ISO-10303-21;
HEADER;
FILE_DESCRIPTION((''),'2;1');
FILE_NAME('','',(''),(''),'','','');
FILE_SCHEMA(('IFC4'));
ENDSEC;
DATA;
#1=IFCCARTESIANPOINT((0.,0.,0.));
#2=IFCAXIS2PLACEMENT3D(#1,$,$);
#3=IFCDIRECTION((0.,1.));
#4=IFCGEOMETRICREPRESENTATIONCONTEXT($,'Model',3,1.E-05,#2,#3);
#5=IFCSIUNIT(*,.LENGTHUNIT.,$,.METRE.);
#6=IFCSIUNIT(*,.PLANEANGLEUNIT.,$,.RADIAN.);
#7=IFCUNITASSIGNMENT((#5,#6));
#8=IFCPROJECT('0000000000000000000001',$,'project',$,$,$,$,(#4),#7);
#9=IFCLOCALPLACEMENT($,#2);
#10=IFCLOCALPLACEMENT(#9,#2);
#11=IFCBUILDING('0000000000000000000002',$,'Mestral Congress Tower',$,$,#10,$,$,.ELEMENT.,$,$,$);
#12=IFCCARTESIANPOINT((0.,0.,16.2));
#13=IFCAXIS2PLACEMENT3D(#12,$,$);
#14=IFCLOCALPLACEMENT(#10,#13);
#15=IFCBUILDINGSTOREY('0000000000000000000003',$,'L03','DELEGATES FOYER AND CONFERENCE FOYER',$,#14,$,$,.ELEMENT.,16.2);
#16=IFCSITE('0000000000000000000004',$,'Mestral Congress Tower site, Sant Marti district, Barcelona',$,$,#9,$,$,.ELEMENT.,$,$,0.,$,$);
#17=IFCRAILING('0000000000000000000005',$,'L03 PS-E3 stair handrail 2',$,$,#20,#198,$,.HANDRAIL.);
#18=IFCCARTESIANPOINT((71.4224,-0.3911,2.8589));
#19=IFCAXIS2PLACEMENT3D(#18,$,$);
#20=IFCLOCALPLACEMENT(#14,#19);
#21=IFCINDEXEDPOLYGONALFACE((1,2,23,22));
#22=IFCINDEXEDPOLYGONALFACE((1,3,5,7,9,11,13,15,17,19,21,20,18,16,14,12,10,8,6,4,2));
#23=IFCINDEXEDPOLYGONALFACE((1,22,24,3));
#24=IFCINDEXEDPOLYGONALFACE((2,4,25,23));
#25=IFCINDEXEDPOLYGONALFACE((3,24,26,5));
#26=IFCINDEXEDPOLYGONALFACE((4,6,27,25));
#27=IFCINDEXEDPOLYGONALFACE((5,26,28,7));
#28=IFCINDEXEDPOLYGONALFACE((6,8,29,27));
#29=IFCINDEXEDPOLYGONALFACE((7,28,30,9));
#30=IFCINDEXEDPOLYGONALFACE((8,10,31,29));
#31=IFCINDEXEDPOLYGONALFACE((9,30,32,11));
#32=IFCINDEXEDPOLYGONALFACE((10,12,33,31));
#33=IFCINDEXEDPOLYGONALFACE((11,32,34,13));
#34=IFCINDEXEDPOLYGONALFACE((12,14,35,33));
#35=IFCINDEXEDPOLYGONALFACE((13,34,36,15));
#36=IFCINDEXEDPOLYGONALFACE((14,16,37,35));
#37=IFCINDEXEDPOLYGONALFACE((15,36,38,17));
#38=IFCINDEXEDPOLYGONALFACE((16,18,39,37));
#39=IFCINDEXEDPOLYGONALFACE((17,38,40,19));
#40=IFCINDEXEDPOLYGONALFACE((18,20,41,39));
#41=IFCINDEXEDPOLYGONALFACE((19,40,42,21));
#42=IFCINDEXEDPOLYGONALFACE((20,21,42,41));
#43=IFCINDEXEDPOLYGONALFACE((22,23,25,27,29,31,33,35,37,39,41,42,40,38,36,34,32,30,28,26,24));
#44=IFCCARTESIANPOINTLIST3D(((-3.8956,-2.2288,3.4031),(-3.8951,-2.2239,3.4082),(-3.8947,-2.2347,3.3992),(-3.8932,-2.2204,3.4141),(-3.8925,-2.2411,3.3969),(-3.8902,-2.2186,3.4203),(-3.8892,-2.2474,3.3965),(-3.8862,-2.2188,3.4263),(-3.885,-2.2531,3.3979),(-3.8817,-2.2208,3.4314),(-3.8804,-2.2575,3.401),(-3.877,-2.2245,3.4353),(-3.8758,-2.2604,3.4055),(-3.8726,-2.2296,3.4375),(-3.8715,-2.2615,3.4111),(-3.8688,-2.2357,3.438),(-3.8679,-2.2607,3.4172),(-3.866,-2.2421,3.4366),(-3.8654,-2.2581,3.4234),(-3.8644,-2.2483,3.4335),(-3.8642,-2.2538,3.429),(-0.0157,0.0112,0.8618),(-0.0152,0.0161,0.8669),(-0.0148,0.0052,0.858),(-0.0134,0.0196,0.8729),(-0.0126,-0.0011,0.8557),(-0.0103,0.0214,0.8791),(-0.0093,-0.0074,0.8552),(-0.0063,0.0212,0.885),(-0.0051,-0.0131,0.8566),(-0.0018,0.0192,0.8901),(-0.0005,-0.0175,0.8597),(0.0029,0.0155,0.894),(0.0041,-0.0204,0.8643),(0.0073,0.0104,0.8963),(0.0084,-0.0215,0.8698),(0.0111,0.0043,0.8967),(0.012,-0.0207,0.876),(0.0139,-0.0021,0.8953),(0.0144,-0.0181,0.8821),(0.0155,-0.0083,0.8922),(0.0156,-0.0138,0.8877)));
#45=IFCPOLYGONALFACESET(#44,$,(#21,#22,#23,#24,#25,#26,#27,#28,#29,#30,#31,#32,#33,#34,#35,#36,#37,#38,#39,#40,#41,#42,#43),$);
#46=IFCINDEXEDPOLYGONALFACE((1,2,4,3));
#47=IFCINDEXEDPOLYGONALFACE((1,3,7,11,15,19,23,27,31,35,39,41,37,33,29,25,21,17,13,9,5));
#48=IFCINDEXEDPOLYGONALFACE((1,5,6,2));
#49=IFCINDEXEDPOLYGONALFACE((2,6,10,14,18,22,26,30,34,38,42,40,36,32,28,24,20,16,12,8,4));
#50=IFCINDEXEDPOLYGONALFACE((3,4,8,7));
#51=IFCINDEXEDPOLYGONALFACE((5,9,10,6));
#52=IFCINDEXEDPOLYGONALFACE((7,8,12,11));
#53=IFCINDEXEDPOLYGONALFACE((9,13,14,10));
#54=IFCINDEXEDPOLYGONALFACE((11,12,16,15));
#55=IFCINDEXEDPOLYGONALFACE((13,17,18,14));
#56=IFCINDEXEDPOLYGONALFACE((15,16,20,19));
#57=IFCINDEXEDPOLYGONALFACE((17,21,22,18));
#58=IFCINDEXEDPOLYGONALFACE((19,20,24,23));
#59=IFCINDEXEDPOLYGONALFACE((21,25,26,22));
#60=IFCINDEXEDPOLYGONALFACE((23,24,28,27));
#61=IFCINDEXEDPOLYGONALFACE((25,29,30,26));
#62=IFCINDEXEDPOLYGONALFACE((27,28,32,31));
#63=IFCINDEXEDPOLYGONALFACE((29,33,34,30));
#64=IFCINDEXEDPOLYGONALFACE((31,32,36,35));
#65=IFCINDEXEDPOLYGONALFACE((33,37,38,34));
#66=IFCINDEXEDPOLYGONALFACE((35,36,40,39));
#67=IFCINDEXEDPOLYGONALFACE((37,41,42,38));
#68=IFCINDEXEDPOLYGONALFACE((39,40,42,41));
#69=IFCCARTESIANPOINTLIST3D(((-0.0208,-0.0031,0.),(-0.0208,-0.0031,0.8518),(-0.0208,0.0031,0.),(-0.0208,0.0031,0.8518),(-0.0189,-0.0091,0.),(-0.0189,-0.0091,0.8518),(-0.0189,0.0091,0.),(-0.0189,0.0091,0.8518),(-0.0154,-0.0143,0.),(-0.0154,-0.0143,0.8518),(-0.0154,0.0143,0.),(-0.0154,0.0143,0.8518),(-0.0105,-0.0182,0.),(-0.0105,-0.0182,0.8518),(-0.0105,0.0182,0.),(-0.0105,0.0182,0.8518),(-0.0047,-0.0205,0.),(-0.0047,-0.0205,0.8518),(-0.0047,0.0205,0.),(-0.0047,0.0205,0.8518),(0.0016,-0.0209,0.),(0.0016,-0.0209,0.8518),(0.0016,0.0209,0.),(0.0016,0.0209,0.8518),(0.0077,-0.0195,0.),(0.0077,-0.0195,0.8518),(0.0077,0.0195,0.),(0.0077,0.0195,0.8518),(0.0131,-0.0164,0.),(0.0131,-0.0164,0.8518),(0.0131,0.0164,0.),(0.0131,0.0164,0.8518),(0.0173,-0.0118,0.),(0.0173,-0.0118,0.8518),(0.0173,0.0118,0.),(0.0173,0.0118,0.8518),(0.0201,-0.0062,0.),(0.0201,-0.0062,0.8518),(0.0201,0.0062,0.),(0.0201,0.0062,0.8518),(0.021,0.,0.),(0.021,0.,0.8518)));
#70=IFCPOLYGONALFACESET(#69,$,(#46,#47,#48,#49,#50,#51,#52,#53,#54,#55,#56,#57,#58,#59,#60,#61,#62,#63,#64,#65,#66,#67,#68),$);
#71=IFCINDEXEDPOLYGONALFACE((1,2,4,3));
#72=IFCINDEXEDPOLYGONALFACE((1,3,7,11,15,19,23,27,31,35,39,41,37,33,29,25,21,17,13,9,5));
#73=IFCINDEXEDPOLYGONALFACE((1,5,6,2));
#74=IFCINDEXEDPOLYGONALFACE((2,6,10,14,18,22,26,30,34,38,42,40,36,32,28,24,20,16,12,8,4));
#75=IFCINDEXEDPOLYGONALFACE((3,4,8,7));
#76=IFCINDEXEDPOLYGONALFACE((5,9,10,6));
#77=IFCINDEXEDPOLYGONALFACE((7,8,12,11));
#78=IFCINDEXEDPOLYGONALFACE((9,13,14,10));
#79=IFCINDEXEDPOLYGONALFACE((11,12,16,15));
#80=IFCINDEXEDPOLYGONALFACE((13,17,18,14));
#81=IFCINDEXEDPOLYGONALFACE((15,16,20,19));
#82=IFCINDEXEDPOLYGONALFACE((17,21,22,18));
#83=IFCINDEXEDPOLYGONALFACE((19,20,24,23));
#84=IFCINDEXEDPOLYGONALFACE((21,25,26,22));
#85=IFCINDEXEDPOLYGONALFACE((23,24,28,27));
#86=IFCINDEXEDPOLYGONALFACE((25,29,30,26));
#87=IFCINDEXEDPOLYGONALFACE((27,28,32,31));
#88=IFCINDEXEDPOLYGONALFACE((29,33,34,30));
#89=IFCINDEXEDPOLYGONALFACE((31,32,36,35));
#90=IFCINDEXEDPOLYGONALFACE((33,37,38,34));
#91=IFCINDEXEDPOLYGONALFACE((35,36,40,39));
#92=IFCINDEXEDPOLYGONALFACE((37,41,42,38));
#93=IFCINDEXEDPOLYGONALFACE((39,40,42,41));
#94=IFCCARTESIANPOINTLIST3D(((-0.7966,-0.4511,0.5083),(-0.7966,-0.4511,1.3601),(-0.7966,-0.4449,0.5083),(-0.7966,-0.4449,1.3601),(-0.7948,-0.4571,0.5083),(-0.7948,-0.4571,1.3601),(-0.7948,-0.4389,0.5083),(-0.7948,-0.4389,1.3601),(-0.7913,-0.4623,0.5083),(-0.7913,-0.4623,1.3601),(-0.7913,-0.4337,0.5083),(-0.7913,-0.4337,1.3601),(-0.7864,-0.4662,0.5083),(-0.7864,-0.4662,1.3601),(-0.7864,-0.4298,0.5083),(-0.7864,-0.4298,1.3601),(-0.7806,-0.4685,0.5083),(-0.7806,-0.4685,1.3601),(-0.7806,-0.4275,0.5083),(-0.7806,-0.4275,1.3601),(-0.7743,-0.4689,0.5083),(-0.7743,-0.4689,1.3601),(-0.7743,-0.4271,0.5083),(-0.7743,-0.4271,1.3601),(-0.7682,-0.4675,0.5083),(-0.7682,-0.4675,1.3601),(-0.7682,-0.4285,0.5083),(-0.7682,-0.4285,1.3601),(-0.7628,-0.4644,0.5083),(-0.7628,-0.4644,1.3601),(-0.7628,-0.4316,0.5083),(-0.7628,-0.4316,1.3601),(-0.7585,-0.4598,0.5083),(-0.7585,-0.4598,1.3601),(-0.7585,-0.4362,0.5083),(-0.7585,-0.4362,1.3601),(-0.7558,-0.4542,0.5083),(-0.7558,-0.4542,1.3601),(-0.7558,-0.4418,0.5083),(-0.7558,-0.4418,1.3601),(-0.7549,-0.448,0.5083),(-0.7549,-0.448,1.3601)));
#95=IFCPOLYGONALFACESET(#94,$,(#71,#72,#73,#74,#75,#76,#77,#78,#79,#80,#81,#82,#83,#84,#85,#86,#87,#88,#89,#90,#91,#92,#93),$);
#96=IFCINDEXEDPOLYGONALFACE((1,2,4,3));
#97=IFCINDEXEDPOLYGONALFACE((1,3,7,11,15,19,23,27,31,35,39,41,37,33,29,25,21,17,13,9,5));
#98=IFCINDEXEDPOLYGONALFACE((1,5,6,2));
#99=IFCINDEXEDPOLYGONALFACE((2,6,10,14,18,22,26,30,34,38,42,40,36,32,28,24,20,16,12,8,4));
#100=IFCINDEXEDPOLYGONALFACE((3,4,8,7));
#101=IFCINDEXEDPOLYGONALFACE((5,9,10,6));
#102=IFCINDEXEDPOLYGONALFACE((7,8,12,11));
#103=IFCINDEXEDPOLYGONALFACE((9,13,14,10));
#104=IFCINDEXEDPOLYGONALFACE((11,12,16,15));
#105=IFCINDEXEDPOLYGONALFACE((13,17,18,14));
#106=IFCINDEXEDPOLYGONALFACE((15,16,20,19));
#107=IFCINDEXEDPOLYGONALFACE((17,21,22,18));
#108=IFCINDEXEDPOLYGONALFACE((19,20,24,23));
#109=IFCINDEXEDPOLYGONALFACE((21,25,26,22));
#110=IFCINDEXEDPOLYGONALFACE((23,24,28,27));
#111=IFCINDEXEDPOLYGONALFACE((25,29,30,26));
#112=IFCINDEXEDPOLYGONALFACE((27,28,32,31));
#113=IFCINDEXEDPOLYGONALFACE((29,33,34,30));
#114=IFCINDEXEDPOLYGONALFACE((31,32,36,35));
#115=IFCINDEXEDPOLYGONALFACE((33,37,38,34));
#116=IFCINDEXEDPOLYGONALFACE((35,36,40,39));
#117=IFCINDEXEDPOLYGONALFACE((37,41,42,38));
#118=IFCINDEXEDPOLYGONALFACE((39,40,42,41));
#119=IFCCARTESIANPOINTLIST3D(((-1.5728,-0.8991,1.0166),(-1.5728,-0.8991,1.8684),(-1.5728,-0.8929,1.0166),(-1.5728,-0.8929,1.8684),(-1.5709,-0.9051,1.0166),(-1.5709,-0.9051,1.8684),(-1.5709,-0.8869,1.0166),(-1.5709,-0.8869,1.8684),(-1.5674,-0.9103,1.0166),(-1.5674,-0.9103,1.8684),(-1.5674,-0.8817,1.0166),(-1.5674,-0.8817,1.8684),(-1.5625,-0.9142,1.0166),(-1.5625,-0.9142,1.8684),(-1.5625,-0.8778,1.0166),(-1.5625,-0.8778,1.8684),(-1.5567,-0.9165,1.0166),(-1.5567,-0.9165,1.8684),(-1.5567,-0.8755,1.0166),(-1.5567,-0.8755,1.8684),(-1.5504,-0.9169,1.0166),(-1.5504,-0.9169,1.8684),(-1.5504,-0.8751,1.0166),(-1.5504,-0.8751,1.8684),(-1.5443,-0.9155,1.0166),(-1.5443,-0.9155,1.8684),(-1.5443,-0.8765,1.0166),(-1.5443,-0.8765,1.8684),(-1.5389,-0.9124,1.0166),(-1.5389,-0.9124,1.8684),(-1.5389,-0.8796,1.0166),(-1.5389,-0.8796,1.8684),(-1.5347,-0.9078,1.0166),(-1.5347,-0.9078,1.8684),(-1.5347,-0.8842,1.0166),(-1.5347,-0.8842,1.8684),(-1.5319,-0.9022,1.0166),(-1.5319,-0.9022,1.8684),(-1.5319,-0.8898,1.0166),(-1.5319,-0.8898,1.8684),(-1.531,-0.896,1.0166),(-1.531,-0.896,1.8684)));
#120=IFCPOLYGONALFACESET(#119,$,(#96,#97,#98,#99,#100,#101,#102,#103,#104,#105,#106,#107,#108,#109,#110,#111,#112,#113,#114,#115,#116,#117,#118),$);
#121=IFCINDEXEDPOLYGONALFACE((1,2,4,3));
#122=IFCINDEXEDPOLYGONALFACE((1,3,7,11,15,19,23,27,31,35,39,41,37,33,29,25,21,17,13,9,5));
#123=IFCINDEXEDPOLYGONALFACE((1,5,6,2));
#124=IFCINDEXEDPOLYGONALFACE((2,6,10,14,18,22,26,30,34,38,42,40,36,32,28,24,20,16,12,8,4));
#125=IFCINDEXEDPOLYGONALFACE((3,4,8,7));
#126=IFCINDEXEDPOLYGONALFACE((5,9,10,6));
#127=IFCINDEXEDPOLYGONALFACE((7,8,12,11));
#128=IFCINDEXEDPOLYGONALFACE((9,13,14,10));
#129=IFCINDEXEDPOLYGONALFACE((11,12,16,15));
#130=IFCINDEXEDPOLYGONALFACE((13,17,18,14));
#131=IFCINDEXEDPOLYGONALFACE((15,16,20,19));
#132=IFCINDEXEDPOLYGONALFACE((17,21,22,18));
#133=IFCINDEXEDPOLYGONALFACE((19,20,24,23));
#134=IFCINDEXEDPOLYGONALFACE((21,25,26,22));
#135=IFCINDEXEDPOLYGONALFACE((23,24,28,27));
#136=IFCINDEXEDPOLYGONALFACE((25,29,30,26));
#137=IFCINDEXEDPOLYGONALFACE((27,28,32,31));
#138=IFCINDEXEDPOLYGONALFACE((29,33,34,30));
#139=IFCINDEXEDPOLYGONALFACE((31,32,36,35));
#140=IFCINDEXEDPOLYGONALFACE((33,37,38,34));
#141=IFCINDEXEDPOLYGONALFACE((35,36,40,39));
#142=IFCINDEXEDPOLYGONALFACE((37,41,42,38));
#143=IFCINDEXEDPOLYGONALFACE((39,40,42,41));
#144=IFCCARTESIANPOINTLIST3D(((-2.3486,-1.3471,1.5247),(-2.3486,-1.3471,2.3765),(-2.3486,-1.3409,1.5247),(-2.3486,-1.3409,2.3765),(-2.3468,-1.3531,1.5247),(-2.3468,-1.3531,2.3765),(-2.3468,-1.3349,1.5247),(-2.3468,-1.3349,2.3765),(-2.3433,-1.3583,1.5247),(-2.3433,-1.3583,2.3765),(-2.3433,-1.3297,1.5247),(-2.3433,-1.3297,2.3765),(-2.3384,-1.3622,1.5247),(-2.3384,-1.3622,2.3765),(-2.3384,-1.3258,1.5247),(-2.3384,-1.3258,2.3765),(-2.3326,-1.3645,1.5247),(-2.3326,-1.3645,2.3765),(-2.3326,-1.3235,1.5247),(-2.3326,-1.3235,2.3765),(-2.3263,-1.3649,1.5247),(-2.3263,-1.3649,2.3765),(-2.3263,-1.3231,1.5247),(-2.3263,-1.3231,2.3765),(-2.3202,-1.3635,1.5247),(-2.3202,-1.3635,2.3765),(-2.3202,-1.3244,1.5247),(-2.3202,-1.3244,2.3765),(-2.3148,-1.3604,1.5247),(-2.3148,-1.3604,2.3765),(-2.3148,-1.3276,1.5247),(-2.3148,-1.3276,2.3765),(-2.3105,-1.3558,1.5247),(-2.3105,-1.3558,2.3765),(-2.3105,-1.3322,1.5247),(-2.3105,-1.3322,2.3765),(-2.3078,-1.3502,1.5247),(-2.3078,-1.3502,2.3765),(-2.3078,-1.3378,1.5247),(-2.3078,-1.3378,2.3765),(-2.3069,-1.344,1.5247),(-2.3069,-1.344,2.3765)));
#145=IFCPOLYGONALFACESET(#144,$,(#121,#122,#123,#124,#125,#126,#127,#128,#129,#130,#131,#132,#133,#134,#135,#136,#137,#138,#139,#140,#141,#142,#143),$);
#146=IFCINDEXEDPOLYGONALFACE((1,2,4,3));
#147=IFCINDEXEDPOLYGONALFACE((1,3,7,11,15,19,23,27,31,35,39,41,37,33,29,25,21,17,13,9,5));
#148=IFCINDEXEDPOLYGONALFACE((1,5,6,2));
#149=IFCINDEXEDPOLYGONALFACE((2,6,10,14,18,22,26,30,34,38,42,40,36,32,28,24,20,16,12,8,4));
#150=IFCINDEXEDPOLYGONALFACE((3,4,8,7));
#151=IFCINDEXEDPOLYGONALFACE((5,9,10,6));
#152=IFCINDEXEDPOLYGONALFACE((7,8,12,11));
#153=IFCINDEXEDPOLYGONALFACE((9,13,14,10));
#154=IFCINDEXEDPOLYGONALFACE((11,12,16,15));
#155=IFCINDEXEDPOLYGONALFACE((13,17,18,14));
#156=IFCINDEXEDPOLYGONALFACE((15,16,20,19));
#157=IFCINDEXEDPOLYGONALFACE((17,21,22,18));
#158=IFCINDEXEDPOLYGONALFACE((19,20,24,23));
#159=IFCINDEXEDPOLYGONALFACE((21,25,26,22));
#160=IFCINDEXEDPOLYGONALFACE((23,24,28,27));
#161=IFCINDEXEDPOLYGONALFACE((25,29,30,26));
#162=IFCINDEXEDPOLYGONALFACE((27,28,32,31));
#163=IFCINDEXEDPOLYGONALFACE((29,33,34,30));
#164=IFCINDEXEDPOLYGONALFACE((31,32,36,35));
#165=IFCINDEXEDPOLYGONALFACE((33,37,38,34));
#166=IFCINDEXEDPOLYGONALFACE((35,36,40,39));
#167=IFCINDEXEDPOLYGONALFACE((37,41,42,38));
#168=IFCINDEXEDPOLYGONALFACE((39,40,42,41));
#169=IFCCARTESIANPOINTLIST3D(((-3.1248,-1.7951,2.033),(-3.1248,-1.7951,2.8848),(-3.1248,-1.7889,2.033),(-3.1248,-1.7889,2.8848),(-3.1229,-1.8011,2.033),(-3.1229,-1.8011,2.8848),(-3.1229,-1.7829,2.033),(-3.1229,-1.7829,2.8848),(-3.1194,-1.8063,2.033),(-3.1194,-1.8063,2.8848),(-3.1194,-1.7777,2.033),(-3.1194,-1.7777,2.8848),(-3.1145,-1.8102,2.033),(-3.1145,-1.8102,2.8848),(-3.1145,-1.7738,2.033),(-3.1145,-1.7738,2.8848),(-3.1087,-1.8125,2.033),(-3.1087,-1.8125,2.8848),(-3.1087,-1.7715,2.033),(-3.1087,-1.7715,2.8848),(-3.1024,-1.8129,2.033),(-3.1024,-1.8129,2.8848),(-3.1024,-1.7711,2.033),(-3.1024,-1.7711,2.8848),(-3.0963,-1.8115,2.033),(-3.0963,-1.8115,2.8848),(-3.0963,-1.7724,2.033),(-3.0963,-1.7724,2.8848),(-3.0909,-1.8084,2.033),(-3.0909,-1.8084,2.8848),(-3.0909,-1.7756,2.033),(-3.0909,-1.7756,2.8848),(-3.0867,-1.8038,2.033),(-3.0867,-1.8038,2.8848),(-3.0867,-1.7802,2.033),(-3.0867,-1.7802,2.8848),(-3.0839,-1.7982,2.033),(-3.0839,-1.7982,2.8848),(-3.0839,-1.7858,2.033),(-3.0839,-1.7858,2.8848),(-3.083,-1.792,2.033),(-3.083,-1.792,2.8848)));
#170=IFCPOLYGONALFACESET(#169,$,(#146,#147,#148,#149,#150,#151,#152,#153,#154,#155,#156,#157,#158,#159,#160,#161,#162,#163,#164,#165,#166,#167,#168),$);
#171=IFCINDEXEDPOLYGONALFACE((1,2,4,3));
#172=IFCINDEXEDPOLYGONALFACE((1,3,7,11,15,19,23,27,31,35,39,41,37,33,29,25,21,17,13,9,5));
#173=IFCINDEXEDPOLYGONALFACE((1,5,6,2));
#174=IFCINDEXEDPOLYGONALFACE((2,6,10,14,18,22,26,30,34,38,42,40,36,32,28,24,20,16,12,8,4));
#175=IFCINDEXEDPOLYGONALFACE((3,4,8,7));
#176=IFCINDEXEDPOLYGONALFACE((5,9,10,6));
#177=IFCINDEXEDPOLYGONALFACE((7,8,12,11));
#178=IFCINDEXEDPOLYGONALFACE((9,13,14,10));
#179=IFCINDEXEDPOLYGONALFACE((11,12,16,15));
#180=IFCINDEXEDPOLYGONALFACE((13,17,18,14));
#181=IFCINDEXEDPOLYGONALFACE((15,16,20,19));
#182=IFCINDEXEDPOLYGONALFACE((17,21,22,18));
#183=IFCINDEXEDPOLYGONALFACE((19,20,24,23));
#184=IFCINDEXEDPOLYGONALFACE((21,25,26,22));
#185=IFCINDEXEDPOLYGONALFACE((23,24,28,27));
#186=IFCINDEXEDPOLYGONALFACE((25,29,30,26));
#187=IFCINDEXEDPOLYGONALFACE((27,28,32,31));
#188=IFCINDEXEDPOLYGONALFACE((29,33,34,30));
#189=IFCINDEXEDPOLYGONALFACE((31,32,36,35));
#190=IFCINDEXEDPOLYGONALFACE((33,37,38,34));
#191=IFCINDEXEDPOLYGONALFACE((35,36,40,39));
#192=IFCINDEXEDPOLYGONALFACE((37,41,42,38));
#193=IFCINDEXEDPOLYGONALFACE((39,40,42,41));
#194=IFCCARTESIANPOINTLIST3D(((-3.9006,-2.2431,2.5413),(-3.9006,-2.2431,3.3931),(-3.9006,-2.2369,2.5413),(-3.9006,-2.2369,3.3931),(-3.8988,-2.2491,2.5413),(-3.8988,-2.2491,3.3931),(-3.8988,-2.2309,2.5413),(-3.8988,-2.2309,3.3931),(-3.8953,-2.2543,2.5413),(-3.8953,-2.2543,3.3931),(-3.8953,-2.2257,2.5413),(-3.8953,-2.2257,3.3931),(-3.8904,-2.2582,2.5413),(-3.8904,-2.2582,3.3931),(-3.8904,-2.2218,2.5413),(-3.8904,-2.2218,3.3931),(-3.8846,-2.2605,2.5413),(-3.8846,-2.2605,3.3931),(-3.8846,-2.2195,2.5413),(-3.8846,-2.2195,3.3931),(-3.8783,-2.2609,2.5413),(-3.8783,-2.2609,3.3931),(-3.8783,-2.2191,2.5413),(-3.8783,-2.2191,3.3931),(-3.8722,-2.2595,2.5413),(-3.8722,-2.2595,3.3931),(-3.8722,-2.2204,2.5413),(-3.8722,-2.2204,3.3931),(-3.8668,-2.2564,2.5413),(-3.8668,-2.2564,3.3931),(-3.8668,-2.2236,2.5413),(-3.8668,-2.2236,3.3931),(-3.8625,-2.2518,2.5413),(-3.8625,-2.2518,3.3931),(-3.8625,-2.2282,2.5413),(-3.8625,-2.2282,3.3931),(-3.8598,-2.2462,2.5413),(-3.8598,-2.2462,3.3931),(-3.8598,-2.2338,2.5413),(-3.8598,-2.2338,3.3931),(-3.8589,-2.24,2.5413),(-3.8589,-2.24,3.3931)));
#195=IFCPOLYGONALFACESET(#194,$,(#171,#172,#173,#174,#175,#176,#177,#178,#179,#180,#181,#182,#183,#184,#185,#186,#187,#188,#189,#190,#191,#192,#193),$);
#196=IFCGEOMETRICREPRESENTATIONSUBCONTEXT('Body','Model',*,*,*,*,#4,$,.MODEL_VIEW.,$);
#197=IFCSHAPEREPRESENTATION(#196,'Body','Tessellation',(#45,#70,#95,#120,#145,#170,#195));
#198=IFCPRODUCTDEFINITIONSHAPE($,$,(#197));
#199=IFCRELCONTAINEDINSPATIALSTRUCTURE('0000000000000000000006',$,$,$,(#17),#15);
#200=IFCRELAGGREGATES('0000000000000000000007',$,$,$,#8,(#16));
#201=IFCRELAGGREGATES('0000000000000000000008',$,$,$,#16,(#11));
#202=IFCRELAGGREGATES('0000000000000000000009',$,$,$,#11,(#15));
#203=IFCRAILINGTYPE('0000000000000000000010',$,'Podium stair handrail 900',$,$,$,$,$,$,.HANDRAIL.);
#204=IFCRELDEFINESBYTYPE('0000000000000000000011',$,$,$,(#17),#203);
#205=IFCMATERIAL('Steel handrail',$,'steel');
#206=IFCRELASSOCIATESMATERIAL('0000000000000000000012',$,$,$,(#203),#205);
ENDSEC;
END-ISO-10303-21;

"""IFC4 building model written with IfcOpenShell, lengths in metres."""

from ifc_helpers import new_model, si_unit, direction, frame, origin, origin_2d, place, context, subcontext, project, spatial, circle, extrude, material, type_object, element, save


model = new_model("IFC4")

# Units and contexts
model_context = context("Model", 3, precision=1e-05, world=origin(), true_north=direction((0.0, 1.0)))
body_context = subcontext(model_context, "Body", "Model", "MODEL_VIEW")
ifc_project = project(units=[si_unit("LENGTHUNIT", "METRE"), si_unit("PLANEANGLEUNIT", "RADIAN")], contexts=[model_context])

# Site, building, storey
site_placement = place(None, origin())
site = spatial("IfcSite", under=ifc_project, at=site_placement, Name="Mestral Congress Tower site, Sant Marti district, Barcelona", CompositionType="ELEMENT", RefElevation=0.0)
building_placement = place(site_placement, origin())
building = spatial("IfcBuilding", under=site, at=building_placement, Name="Mestral Congress Tower", CompositionType="ELEMENT")
storey_placement = place(building_placement, frame((0.0, 0.0, 16.2)))
storey = spatial("IfcBuildingStorey", under=building, at=storey_placement, Name="L03", Description="DELEGATES FOYER AND CONFERENCE FOYER", CompositionType="ELEMENT", Elevation=16.2)

# Railing
ifc_material_1 = material(Name="Steel handrail", Category="steel")
railing_type_1 = type_object("IfcRailingType", Name="Podium stair handrail 900", PredefinedType="HANDRAIL", material=ifc_material_1)
railing_1_placement = place(storey_placement, frame((71.4224, -0.3911, 2.8589)))
element("IfcRailing", 1, at=railing_1_placement, inside=storey, type_object=railing_type_1, Name="L03 PS-E3 stair handrail 2", PredefinedType="HANDRAIL", context=body_context, shape_type="SweptSolid", body=[
    extrude(circle(Radius=0.0239, at=origin_2d()), frame((0.0, 0.0, 0.876), z_axis=(-0.753282, -0.434896, 0.493388), x_axis=(0.49999, -0.866031, 0.0)), (0.0, 0.0, 1.0), 5.1506),
    extrude(circle(Radius=0.021, at=origin_2d()), origin(), (0.0, 0.0, 1.0), 0.8518),
    extrude(circle(Radius=0.021, at=origin_2d()), frame((-0.7759, -0.448, 0.5083)), (0.0, 0.0, 1.0), 0.8518),
    extrude(circle(Radius=0.021, at=origin_2d()), frame((-1.552, -0.896, 1.0166)), (0.0, 0.0, 1.0), 0.8518),
    extrude(circle(Radius=0.021, at=origin_2d()), frame((-2.3279, -1.344, 1.5247)), (0.0, 0.0, 1.0), 0.8518),
    extrude(circle(Radius=0.021, at=origin_2d()), frame((-3.104, -1.792, 2.033)), (0.0, 0.0, 1.0), 0.8518),
    extrude(circle(Radius=0.021, at=origin_2d()), frame((-3.8799, -2.24, 2.5413)), (0.0, 0.0, 1.0), 0.8518),
])

save(model, "model.ifc")
